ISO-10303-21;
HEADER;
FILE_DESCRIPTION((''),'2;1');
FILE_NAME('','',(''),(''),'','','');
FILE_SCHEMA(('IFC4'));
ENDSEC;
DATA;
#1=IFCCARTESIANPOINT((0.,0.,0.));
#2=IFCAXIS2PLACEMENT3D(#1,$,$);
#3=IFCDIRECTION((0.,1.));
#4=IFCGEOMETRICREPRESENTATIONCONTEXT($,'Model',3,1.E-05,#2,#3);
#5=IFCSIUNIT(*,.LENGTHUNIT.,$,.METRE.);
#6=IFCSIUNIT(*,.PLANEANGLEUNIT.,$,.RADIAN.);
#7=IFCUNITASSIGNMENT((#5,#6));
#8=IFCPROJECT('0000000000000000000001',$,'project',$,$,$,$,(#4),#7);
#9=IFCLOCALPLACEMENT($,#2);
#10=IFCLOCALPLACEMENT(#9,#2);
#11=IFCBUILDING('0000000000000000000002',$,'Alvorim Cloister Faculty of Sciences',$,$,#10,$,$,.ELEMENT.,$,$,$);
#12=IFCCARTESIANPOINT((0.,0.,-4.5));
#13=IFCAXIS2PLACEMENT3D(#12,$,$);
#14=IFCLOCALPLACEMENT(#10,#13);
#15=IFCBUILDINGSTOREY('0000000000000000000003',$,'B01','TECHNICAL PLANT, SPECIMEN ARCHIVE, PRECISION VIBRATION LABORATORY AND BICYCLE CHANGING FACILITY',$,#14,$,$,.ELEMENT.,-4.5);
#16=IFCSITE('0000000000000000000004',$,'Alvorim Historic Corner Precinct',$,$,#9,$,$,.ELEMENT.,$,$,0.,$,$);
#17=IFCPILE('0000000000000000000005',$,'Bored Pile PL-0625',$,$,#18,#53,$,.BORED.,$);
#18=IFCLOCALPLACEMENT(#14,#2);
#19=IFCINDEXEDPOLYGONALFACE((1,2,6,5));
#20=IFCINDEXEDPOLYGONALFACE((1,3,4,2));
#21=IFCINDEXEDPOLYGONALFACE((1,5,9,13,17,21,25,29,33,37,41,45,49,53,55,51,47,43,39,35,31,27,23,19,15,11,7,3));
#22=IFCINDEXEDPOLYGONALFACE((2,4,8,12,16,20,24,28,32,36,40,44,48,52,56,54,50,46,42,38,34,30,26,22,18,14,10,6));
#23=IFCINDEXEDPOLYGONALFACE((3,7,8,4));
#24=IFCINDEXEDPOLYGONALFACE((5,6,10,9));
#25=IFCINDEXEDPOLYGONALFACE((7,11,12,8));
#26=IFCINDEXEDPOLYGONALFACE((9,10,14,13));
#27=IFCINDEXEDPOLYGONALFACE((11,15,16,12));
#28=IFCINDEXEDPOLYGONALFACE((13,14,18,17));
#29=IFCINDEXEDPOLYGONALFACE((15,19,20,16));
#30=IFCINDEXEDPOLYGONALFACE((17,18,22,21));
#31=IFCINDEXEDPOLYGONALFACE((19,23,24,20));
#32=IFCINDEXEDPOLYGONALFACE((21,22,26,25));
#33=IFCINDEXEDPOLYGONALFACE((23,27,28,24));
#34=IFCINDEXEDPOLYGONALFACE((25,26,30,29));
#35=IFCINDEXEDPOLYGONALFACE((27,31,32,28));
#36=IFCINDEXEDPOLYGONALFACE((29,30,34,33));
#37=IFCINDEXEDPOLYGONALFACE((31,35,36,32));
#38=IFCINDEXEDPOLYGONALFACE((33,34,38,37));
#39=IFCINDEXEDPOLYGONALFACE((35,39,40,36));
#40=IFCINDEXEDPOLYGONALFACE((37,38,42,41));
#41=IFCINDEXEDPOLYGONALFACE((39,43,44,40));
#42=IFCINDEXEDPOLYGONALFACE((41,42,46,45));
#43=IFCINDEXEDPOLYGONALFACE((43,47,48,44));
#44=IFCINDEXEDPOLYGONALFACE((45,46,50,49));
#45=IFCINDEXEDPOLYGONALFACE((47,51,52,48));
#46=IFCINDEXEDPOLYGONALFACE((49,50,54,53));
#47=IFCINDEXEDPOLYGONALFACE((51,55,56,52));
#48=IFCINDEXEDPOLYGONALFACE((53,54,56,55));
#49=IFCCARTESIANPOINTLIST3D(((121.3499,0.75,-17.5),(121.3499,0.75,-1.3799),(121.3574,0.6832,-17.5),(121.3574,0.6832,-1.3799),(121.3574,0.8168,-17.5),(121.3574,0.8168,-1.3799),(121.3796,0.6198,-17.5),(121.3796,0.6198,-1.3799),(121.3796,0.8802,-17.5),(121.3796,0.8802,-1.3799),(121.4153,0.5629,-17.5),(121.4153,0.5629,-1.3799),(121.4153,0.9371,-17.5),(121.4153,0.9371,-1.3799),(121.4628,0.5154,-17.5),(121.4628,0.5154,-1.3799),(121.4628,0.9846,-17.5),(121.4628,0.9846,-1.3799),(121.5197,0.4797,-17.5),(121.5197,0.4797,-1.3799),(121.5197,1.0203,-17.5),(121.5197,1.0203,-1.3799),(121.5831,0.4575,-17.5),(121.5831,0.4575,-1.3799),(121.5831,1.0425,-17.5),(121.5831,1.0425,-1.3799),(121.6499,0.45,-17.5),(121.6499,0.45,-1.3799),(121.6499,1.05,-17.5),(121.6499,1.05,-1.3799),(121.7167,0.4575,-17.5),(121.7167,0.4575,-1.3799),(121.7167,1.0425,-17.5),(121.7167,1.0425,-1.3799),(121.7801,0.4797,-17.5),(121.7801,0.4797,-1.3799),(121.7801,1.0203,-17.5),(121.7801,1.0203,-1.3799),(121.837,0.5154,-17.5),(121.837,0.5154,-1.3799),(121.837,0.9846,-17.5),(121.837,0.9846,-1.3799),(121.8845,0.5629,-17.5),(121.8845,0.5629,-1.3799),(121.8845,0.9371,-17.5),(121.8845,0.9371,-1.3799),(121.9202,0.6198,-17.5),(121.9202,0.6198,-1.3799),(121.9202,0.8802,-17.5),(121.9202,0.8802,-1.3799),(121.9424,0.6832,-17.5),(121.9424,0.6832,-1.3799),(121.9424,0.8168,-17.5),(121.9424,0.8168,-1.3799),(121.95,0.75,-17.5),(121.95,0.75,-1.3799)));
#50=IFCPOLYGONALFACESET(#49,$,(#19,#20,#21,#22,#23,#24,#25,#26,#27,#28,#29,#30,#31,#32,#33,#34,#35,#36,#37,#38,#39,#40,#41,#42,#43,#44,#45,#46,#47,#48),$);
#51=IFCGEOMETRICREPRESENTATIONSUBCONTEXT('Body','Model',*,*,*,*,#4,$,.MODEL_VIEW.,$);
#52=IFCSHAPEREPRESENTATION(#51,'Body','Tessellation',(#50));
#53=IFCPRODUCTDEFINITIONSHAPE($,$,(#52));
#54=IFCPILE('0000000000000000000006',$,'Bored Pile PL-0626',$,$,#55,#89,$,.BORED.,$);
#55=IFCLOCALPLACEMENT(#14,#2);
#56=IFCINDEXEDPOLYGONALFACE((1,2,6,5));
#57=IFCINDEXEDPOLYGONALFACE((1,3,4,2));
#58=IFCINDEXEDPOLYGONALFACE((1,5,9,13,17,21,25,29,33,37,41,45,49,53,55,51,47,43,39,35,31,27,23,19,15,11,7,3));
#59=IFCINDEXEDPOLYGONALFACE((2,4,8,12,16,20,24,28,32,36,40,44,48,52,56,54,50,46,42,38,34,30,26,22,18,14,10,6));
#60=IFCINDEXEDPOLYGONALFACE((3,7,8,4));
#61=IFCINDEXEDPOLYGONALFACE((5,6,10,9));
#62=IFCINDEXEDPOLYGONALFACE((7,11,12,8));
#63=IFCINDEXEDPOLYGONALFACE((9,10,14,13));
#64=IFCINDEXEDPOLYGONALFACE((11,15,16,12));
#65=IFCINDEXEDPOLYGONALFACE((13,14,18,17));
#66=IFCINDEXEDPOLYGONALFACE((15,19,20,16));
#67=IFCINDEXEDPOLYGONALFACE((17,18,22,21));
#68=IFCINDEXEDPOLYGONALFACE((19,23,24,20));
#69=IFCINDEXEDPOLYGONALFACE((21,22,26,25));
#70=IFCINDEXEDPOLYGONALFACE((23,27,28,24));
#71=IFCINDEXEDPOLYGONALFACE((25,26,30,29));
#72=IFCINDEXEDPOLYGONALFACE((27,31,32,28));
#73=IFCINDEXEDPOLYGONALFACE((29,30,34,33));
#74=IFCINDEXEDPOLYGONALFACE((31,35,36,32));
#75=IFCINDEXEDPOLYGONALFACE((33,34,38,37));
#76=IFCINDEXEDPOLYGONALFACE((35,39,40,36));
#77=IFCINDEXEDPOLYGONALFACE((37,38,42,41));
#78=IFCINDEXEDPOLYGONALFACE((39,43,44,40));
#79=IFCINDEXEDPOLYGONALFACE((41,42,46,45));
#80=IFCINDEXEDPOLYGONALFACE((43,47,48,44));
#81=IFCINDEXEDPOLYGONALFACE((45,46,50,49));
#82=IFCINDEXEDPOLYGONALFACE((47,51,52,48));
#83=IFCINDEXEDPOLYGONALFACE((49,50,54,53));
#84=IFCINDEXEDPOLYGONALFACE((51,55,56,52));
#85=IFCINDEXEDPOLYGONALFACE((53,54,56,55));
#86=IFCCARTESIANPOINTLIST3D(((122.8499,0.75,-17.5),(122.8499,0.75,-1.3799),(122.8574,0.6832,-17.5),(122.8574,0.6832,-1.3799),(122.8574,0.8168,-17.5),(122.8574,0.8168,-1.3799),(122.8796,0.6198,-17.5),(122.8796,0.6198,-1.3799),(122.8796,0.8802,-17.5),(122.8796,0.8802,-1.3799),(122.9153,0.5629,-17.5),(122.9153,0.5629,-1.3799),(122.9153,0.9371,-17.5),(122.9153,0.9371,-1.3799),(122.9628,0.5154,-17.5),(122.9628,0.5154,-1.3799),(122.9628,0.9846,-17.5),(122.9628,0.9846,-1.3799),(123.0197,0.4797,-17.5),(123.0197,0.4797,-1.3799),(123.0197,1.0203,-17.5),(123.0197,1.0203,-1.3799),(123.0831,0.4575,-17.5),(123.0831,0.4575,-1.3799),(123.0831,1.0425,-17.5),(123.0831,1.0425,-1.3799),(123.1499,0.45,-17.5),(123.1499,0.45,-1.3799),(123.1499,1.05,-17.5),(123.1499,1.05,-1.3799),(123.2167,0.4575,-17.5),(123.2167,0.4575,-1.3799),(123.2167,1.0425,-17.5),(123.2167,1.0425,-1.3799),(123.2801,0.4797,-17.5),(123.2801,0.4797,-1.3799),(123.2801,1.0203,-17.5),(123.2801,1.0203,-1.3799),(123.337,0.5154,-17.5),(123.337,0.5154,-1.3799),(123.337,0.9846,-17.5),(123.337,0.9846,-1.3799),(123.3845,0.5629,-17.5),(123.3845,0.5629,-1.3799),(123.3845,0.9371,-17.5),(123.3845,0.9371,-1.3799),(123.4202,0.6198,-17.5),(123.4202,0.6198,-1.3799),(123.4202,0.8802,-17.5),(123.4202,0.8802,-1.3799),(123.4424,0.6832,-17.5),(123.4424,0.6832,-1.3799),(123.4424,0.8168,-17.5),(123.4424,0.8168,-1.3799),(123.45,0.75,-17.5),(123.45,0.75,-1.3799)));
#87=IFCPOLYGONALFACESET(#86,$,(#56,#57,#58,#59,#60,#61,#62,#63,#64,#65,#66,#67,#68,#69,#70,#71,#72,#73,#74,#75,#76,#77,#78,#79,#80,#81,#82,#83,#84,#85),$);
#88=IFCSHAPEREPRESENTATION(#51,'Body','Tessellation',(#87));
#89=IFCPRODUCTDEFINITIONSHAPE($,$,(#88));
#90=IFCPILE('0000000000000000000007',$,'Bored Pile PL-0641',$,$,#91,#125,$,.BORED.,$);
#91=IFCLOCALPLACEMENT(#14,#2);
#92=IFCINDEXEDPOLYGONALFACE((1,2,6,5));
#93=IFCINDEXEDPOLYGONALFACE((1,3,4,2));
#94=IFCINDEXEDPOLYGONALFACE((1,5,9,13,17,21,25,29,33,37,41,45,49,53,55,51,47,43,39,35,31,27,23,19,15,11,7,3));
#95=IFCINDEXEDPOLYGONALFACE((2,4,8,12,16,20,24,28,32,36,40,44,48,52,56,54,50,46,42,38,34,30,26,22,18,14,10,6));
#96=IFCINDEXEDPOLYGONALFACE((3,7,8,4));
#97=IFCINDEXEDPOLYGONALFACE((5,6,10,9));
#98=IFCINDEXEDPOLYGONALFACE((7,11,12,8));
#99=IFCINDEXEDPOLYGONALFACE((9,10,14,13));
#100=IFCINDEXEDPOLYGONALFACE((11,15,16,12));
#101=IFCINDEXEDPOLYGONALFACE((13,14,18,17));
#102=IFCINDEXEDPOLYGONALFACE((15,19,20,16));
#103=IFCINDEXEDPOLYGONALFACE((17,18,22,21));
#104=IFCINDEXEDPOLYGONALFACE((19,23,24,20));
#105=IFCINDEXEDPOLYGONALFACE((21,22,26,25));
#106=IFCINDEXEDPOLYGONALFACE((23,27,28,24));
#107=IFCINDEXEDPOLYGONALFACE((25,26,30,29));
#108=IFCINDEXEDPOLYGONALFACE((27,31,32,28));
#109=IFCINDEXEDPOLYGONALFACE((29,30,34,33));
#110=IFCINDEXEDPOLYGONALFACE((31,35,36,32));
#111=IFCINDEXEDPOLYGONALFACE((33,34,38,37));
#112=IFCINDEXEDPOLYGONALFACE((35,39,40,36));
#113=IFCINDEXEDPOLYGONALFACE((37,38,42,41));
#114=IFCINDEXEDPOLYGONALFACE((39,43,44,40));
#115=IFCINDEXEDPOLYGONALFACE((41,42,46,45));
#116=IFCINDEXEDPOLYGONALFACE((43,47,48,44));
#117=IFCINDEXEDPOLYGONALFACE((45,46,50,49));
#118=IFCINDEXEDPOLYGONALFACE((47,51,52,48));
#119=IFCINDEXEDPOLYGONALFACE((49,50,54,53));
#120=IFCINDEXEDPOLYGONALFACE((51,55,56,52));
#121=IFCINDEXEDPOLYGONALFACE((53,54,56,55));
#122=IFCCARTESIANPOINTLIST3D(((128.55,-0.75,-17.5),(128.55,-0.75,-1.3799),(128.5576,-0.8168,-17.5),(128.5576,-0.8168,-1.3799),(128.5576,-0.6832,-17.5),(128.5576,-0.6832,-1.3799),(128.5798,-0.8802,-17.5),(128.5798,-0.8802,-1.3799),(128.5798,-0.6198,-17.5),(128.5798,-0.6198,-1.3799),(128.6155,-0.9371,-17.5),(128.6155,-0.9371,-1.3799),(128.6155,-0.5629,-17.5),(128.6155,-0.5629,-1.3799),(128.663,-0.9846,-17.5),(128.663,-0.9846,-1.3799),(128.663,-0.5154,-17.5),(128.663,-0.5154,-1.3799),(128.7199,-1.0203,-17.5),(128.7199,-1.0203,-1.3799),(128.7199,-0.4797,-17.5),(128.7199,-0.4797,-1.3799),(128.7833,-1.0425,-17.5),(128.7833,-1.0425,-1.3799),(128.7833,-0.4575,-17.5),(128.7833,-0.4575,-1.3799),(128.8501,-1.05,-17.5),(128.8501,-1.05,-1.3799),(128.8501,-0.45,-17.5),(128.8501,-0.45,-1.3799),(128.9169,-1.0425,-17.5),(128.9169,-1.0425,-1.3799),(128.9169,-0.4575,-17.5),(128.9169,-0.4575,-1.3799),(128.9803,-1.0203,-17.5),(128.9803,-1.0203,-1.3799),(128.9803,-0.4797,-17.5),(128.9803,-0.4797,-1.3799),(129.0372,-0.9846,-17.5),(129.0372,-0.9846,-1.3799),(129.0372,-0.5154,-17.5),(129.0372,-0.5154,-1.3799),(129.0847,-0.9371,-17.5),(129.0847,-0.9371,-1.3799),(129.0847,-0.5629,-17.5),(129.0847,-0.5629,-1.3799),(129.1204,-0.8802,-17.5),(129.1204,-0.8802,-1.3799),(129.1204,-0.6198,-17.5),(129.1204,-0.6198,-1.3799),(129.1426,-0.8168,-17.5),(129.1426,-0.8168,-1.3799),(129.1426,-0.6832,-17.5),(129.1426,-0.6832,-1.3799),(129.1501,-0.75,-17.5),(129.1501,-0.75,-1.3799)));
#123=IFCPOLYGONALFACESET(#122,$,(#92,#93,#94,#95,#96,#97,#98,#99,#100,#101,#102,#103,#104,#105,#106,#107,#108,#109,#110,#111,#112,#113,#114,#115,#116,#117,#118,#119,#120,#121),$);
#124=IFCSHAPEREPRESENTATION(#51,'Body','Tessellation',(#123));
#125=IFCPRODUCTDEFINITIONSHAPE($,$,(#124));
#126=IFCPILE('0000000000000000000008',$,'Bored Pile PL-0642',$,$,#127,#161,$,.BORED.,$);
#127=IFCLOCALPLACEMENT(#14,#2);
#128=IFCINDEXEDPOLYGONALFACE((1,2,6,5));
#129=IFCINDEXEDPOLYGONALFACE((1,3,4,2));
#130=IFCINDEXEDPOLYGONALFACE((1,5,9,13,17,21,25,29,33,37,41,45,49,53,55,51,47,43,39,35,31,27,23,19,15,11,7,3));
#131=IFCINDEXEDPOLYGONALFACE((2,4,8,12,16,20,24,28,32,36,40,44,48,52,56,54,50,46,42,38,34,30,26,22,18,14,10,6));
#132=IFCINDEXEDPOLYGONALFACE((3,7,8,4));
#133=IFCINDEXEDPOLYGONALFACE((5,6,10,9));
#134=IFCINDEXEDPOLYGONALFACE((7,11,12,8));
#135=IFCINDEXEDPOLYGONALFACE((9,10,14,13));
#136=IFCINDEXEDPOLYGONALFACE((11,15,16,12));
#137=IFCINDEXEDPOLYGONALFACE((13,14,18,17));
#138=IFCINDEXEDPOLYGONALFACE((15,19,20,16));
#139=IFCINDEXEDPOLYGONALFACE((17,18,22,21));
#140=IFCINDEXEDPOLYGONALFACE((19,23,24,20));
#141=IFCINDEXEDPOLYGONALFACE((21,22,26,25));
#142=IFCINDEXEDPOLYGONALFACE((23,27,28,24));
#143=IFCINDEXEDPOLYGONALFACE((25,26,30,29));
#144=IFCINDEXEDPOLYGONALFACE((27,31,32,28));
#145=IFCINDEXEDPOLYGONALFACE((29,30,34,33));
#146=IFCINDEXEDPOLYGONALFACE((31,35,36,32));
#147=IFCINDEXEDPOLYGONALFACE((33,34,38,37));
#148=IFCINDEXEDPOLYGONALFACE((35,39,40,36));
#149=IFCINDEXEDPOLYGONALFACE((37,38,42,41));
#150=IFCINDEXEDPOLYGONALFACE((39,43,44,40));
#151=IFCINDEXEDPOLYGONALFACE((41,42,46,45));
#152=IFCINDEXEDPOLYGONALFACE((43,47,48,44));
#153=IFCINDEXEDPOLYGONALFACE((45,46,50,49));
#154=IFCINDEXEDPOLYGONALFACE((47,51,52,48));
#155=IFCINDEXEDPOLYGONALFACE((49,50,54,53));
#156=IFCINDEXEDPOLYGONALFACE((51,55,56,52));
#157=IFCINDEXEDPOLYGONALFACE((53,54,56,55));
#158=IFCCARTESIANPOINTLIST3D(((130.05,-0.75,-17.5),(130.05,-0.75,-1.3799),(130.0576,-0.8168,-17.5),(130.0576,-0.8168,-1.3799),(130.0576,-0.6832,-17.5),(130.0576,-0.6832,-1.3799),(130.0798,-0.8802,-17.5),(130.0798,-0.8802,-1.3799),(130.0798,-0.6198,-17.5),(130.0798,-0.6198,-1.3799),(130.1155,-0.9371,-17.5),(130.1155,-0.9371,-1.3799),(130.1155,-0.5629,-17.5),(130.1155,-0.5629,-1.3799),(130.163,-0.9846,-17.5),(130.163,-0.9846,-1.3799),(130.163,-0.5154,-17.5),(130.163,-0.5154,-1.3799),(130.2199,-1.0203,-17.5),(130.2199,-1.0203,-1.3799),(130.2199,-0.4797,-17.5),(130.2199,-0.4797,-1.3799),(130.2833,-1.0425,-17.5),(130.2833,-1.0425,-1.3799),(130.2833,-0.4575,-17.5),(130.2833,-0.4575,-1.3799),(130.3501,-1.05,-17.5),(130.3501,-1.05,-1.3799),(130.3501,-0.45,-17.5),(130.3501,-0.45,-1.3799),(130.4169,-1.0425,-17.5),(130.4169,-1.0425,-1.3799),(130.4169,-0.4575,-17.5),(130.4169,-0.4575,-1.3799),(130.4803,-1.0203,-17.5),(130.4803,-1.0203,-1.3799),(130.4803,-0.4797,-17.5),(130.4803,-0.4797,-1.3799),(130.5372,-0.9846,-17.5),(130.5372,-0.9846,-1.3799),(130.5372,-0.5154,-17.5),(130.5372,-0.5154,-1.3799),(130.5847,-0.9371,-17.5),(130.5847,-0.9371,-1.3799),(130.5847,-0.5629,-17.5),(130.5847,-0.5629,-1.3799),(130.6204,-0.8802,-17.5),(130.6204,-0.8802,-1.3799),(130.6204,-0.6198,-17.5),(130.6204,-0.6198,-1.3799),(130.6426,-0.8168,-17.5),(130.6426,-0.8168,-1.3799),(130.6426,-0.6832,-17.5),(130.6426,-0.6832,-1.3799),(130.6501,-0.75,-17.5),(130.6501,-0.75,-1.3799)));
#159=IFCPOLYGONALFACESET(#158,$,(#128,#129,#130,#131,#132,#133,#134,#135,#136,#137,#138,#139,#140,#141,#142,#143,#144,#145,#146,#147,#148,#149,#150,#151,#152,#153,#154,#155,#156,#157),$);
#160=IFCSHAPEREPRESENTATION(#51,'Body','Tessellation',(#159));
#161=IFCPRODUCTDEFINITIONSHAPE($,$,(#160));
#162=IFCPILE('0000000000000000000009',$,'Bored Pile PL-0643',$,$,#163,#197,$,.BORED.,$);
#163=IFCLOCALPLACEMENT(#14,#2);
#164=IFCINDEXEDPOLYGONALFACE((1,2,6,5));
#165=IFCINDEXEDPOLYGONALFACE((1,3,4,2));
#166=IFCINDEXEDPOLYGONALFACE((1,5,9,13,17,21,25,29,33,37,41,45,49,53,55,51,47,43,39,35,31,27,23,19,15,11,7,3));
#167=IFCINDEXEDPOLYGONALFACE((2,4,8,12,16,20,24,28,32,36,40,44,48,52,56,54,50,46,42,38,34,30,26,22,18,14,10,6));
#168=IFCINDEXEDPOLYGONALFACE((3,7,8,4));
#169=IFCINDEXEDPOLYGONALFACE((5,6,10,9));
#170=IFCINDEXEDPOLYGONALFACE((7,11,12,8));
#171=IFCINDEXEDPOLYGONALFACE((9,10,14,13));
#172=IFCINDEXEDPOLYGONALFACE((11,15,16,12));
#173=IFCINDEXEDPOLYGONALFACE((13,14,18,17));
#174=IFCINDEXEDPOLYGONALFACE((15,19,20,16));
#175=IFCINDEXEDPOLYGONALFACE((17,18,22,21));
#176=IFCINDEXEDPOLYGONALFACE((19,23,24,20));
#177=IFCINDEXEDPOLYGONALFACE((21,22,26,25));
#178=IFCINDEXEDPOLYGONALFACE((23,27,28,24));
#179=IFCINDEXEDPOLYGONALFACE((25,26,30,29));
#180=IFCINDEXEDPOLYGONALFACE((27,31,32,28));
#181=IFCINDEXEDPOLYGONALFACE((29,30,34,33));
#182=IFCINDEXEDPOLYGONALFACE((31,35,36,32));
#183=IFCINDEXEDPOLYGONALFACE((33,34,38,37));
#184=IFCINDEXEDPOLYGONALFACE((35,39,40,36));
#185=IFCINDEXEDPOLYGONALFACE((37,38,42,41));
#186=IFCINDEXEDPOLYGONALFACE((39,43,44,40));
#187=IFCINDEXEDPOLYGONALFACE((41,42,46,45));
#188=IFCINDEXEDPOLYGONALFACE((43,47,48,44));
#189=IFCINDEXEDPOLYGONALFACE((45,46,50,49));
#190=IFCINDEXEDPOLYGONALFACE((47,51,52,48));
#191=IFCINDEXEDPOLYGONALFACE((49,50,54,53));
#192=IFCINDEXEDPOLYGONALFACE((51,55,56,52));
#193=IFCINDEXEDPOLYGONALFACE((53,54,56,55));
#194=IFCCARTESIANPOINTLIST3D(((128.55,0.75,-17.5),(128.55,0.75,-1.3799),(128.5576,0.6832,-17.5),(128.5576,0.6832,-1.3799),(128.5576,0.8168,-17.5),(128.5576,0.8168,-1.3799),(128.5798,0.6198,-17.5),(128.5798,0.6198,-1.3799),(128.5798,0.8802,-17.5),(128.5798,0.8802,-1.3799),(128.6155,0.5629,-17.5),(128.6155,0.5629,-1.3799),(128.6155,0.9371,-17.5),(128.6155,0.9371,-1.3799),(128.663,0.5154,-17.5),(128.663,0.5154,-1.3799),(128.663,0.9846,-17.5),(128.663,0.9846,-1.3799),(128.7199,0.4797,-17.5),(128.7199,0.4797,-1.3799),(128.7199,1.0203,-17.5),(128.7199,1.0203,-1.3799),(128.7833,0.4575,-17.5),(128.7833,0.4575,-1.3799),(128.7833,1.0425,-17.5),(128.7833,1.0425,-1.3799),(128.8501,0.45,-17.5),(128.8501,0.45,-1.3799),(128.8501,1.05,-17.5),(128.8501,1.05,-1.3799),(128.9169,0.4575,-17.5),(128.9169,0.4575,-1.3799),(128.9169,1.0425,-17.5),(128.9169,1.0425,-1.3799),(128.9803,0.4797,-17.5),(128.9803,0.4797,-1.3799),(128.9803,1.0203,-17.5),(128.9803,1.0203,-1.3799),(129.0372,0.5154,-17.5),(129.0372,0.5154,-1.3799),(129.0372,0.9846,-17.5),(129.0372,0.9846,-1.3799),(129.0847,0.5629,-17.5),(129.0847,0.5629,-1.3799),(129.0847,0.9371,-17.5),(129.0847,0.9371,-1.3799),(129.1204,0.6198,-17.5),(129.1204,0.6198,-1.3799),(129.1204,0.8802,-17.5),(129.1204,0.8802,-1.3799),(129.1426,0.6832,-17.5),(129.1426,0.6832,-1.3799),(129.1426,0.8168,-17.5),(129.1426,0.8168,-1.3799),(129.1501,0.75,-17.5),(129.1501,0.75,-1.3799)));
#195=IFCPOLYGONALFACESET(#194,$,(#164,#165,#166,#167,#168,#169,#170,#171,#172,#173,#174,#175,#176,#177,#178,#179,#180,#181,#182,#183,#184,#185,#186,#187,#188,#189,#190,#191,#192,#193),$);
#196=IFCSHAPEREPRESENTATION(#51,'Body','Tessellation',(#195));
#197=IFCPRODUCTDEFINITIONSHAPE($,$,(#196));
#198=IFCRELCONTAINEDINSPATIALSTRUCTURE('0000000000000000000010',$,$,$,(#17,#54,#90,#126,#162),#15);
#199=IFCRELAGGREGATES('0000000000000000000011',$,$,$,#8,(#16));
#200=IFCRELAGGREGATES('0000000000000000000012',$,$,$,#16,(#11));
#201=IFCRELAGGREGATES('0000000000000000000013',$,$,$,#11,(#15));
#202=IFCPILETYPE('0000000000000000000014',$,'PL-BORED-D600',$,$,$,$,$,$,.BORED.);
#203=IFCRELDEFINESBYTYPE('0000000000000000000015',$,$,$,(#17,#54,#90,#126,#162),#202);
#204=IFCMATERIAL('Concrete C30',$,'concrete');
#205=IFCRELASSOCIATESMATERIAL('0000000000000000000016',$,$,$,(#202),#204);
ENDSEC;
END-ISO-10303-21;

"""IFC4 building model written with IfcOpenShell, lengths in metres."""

from ifc_helpers import new_model, si_unit, direction, frame, origin, origin_2d, place, context, subcontext, project, spatial, circle, extrude, material, material_profile, profile_set, type_object, element, save


model = new_model("IFC4")

# Units and contexts
model_context = context("Model", 3, precision=1e-05, world=origin(), true_north=direction((0.0, 1.0)))
body_context = subcontext(model_context, "Body", "Model", "MODEL_VIEW")
ifc_project = project(units=[si_unit("LENGTHUNIT", "METRE"), si_unit("PLANEANGLEUNIT", "RADIAN")], contexts=[model_context])

# Site, building, storey
site_placement = place(None, origin())
site = spatial("IfcSite", under=ifc_project, at=site_placement, Name="Alvorim Historic Corner Precinct", CompositionType="ELEMENT", RefElevation=0.0)
building_placement = place(site_placement, origin())
building = spatial("IfcBuilding", under=site, at=building_placement, Name="Alvorim Cloister Faculty of Sciences", CompositionType="ELEMENT")
storey_placement = place(building_placement, frame((0.0, 0.0, -4.5)))
storey = spatial("IfcBuildingStorey", under=building, at=storey_placement, Name="B01", Description="TECHNICAL PLANT, SPECIMEN ARCHIVE, PRECISION VIBRATION LABORATORY AND BICYCLE CHANGING FACILITY", CompositionType="ELEMENT", Elevation=-4.5)

# Piles
ifc_material_1 = material(Name="Concrete C30", Category="concrete")
ifc_material_profile_1 = material_profile(ifc_material_1, circle(Radius=0.3, at=origin_2d()), Name="PILE-D600")
ifc_profile_set_1 = profile_set([ifc_material_profile_1], Name="Concrete C30")
pile_type_1 = type_object("IfcPileType", Name="PL-BORED-D600", PredefinedType="BORED", material=ifc_profile_set_1)
for number, where, z_axis, x_axis, name in (
    (1, (121.6499, 0.75, -1.3799), (0.0, 0.0, -1.0), (1.0, 0.0, 0.0), "Bored Pile PL-0625"),
    (2, (123.1499, 0.75, -1.3799), (0.0, 0.0, -1.0), (1.0, 0.0, 0.0), "Bored Pile PL-0626"),
    (3, (128.8501, -0.75, -1.3799), (0.0, 0.0, -1.0), (1.0, 0.0, 0.0), "Bored Pile PL-0641"),
    (4, (130.3501, -0.75, -1.3799), (0.0, 0.0, -1.0), (1.0, 0.0, 0.0), "Bored Pile PL-0642"),
    (5, (128.8501, 0.75, -1.3799), (0.0, 0.0, -1.0), (1.0, 0.0, 0.0), "Bored Pile PL-0643"),
):
    element("IfcPile", number, at=place(storey_placement, frame(where, z_axis=z_axis, x_axis=x_axis)), inside=storey, type_object=pile_type_1, Name=name, PredefinedType="BORED", context=body_context, shape_type="SweptSolid", body=[
        extrude(circle(Radius=0.3, at=origin_2d()), origin(), (0.0, 0.0, 1.0), 16.1201),
    ])

save(model, "model.ifc")
